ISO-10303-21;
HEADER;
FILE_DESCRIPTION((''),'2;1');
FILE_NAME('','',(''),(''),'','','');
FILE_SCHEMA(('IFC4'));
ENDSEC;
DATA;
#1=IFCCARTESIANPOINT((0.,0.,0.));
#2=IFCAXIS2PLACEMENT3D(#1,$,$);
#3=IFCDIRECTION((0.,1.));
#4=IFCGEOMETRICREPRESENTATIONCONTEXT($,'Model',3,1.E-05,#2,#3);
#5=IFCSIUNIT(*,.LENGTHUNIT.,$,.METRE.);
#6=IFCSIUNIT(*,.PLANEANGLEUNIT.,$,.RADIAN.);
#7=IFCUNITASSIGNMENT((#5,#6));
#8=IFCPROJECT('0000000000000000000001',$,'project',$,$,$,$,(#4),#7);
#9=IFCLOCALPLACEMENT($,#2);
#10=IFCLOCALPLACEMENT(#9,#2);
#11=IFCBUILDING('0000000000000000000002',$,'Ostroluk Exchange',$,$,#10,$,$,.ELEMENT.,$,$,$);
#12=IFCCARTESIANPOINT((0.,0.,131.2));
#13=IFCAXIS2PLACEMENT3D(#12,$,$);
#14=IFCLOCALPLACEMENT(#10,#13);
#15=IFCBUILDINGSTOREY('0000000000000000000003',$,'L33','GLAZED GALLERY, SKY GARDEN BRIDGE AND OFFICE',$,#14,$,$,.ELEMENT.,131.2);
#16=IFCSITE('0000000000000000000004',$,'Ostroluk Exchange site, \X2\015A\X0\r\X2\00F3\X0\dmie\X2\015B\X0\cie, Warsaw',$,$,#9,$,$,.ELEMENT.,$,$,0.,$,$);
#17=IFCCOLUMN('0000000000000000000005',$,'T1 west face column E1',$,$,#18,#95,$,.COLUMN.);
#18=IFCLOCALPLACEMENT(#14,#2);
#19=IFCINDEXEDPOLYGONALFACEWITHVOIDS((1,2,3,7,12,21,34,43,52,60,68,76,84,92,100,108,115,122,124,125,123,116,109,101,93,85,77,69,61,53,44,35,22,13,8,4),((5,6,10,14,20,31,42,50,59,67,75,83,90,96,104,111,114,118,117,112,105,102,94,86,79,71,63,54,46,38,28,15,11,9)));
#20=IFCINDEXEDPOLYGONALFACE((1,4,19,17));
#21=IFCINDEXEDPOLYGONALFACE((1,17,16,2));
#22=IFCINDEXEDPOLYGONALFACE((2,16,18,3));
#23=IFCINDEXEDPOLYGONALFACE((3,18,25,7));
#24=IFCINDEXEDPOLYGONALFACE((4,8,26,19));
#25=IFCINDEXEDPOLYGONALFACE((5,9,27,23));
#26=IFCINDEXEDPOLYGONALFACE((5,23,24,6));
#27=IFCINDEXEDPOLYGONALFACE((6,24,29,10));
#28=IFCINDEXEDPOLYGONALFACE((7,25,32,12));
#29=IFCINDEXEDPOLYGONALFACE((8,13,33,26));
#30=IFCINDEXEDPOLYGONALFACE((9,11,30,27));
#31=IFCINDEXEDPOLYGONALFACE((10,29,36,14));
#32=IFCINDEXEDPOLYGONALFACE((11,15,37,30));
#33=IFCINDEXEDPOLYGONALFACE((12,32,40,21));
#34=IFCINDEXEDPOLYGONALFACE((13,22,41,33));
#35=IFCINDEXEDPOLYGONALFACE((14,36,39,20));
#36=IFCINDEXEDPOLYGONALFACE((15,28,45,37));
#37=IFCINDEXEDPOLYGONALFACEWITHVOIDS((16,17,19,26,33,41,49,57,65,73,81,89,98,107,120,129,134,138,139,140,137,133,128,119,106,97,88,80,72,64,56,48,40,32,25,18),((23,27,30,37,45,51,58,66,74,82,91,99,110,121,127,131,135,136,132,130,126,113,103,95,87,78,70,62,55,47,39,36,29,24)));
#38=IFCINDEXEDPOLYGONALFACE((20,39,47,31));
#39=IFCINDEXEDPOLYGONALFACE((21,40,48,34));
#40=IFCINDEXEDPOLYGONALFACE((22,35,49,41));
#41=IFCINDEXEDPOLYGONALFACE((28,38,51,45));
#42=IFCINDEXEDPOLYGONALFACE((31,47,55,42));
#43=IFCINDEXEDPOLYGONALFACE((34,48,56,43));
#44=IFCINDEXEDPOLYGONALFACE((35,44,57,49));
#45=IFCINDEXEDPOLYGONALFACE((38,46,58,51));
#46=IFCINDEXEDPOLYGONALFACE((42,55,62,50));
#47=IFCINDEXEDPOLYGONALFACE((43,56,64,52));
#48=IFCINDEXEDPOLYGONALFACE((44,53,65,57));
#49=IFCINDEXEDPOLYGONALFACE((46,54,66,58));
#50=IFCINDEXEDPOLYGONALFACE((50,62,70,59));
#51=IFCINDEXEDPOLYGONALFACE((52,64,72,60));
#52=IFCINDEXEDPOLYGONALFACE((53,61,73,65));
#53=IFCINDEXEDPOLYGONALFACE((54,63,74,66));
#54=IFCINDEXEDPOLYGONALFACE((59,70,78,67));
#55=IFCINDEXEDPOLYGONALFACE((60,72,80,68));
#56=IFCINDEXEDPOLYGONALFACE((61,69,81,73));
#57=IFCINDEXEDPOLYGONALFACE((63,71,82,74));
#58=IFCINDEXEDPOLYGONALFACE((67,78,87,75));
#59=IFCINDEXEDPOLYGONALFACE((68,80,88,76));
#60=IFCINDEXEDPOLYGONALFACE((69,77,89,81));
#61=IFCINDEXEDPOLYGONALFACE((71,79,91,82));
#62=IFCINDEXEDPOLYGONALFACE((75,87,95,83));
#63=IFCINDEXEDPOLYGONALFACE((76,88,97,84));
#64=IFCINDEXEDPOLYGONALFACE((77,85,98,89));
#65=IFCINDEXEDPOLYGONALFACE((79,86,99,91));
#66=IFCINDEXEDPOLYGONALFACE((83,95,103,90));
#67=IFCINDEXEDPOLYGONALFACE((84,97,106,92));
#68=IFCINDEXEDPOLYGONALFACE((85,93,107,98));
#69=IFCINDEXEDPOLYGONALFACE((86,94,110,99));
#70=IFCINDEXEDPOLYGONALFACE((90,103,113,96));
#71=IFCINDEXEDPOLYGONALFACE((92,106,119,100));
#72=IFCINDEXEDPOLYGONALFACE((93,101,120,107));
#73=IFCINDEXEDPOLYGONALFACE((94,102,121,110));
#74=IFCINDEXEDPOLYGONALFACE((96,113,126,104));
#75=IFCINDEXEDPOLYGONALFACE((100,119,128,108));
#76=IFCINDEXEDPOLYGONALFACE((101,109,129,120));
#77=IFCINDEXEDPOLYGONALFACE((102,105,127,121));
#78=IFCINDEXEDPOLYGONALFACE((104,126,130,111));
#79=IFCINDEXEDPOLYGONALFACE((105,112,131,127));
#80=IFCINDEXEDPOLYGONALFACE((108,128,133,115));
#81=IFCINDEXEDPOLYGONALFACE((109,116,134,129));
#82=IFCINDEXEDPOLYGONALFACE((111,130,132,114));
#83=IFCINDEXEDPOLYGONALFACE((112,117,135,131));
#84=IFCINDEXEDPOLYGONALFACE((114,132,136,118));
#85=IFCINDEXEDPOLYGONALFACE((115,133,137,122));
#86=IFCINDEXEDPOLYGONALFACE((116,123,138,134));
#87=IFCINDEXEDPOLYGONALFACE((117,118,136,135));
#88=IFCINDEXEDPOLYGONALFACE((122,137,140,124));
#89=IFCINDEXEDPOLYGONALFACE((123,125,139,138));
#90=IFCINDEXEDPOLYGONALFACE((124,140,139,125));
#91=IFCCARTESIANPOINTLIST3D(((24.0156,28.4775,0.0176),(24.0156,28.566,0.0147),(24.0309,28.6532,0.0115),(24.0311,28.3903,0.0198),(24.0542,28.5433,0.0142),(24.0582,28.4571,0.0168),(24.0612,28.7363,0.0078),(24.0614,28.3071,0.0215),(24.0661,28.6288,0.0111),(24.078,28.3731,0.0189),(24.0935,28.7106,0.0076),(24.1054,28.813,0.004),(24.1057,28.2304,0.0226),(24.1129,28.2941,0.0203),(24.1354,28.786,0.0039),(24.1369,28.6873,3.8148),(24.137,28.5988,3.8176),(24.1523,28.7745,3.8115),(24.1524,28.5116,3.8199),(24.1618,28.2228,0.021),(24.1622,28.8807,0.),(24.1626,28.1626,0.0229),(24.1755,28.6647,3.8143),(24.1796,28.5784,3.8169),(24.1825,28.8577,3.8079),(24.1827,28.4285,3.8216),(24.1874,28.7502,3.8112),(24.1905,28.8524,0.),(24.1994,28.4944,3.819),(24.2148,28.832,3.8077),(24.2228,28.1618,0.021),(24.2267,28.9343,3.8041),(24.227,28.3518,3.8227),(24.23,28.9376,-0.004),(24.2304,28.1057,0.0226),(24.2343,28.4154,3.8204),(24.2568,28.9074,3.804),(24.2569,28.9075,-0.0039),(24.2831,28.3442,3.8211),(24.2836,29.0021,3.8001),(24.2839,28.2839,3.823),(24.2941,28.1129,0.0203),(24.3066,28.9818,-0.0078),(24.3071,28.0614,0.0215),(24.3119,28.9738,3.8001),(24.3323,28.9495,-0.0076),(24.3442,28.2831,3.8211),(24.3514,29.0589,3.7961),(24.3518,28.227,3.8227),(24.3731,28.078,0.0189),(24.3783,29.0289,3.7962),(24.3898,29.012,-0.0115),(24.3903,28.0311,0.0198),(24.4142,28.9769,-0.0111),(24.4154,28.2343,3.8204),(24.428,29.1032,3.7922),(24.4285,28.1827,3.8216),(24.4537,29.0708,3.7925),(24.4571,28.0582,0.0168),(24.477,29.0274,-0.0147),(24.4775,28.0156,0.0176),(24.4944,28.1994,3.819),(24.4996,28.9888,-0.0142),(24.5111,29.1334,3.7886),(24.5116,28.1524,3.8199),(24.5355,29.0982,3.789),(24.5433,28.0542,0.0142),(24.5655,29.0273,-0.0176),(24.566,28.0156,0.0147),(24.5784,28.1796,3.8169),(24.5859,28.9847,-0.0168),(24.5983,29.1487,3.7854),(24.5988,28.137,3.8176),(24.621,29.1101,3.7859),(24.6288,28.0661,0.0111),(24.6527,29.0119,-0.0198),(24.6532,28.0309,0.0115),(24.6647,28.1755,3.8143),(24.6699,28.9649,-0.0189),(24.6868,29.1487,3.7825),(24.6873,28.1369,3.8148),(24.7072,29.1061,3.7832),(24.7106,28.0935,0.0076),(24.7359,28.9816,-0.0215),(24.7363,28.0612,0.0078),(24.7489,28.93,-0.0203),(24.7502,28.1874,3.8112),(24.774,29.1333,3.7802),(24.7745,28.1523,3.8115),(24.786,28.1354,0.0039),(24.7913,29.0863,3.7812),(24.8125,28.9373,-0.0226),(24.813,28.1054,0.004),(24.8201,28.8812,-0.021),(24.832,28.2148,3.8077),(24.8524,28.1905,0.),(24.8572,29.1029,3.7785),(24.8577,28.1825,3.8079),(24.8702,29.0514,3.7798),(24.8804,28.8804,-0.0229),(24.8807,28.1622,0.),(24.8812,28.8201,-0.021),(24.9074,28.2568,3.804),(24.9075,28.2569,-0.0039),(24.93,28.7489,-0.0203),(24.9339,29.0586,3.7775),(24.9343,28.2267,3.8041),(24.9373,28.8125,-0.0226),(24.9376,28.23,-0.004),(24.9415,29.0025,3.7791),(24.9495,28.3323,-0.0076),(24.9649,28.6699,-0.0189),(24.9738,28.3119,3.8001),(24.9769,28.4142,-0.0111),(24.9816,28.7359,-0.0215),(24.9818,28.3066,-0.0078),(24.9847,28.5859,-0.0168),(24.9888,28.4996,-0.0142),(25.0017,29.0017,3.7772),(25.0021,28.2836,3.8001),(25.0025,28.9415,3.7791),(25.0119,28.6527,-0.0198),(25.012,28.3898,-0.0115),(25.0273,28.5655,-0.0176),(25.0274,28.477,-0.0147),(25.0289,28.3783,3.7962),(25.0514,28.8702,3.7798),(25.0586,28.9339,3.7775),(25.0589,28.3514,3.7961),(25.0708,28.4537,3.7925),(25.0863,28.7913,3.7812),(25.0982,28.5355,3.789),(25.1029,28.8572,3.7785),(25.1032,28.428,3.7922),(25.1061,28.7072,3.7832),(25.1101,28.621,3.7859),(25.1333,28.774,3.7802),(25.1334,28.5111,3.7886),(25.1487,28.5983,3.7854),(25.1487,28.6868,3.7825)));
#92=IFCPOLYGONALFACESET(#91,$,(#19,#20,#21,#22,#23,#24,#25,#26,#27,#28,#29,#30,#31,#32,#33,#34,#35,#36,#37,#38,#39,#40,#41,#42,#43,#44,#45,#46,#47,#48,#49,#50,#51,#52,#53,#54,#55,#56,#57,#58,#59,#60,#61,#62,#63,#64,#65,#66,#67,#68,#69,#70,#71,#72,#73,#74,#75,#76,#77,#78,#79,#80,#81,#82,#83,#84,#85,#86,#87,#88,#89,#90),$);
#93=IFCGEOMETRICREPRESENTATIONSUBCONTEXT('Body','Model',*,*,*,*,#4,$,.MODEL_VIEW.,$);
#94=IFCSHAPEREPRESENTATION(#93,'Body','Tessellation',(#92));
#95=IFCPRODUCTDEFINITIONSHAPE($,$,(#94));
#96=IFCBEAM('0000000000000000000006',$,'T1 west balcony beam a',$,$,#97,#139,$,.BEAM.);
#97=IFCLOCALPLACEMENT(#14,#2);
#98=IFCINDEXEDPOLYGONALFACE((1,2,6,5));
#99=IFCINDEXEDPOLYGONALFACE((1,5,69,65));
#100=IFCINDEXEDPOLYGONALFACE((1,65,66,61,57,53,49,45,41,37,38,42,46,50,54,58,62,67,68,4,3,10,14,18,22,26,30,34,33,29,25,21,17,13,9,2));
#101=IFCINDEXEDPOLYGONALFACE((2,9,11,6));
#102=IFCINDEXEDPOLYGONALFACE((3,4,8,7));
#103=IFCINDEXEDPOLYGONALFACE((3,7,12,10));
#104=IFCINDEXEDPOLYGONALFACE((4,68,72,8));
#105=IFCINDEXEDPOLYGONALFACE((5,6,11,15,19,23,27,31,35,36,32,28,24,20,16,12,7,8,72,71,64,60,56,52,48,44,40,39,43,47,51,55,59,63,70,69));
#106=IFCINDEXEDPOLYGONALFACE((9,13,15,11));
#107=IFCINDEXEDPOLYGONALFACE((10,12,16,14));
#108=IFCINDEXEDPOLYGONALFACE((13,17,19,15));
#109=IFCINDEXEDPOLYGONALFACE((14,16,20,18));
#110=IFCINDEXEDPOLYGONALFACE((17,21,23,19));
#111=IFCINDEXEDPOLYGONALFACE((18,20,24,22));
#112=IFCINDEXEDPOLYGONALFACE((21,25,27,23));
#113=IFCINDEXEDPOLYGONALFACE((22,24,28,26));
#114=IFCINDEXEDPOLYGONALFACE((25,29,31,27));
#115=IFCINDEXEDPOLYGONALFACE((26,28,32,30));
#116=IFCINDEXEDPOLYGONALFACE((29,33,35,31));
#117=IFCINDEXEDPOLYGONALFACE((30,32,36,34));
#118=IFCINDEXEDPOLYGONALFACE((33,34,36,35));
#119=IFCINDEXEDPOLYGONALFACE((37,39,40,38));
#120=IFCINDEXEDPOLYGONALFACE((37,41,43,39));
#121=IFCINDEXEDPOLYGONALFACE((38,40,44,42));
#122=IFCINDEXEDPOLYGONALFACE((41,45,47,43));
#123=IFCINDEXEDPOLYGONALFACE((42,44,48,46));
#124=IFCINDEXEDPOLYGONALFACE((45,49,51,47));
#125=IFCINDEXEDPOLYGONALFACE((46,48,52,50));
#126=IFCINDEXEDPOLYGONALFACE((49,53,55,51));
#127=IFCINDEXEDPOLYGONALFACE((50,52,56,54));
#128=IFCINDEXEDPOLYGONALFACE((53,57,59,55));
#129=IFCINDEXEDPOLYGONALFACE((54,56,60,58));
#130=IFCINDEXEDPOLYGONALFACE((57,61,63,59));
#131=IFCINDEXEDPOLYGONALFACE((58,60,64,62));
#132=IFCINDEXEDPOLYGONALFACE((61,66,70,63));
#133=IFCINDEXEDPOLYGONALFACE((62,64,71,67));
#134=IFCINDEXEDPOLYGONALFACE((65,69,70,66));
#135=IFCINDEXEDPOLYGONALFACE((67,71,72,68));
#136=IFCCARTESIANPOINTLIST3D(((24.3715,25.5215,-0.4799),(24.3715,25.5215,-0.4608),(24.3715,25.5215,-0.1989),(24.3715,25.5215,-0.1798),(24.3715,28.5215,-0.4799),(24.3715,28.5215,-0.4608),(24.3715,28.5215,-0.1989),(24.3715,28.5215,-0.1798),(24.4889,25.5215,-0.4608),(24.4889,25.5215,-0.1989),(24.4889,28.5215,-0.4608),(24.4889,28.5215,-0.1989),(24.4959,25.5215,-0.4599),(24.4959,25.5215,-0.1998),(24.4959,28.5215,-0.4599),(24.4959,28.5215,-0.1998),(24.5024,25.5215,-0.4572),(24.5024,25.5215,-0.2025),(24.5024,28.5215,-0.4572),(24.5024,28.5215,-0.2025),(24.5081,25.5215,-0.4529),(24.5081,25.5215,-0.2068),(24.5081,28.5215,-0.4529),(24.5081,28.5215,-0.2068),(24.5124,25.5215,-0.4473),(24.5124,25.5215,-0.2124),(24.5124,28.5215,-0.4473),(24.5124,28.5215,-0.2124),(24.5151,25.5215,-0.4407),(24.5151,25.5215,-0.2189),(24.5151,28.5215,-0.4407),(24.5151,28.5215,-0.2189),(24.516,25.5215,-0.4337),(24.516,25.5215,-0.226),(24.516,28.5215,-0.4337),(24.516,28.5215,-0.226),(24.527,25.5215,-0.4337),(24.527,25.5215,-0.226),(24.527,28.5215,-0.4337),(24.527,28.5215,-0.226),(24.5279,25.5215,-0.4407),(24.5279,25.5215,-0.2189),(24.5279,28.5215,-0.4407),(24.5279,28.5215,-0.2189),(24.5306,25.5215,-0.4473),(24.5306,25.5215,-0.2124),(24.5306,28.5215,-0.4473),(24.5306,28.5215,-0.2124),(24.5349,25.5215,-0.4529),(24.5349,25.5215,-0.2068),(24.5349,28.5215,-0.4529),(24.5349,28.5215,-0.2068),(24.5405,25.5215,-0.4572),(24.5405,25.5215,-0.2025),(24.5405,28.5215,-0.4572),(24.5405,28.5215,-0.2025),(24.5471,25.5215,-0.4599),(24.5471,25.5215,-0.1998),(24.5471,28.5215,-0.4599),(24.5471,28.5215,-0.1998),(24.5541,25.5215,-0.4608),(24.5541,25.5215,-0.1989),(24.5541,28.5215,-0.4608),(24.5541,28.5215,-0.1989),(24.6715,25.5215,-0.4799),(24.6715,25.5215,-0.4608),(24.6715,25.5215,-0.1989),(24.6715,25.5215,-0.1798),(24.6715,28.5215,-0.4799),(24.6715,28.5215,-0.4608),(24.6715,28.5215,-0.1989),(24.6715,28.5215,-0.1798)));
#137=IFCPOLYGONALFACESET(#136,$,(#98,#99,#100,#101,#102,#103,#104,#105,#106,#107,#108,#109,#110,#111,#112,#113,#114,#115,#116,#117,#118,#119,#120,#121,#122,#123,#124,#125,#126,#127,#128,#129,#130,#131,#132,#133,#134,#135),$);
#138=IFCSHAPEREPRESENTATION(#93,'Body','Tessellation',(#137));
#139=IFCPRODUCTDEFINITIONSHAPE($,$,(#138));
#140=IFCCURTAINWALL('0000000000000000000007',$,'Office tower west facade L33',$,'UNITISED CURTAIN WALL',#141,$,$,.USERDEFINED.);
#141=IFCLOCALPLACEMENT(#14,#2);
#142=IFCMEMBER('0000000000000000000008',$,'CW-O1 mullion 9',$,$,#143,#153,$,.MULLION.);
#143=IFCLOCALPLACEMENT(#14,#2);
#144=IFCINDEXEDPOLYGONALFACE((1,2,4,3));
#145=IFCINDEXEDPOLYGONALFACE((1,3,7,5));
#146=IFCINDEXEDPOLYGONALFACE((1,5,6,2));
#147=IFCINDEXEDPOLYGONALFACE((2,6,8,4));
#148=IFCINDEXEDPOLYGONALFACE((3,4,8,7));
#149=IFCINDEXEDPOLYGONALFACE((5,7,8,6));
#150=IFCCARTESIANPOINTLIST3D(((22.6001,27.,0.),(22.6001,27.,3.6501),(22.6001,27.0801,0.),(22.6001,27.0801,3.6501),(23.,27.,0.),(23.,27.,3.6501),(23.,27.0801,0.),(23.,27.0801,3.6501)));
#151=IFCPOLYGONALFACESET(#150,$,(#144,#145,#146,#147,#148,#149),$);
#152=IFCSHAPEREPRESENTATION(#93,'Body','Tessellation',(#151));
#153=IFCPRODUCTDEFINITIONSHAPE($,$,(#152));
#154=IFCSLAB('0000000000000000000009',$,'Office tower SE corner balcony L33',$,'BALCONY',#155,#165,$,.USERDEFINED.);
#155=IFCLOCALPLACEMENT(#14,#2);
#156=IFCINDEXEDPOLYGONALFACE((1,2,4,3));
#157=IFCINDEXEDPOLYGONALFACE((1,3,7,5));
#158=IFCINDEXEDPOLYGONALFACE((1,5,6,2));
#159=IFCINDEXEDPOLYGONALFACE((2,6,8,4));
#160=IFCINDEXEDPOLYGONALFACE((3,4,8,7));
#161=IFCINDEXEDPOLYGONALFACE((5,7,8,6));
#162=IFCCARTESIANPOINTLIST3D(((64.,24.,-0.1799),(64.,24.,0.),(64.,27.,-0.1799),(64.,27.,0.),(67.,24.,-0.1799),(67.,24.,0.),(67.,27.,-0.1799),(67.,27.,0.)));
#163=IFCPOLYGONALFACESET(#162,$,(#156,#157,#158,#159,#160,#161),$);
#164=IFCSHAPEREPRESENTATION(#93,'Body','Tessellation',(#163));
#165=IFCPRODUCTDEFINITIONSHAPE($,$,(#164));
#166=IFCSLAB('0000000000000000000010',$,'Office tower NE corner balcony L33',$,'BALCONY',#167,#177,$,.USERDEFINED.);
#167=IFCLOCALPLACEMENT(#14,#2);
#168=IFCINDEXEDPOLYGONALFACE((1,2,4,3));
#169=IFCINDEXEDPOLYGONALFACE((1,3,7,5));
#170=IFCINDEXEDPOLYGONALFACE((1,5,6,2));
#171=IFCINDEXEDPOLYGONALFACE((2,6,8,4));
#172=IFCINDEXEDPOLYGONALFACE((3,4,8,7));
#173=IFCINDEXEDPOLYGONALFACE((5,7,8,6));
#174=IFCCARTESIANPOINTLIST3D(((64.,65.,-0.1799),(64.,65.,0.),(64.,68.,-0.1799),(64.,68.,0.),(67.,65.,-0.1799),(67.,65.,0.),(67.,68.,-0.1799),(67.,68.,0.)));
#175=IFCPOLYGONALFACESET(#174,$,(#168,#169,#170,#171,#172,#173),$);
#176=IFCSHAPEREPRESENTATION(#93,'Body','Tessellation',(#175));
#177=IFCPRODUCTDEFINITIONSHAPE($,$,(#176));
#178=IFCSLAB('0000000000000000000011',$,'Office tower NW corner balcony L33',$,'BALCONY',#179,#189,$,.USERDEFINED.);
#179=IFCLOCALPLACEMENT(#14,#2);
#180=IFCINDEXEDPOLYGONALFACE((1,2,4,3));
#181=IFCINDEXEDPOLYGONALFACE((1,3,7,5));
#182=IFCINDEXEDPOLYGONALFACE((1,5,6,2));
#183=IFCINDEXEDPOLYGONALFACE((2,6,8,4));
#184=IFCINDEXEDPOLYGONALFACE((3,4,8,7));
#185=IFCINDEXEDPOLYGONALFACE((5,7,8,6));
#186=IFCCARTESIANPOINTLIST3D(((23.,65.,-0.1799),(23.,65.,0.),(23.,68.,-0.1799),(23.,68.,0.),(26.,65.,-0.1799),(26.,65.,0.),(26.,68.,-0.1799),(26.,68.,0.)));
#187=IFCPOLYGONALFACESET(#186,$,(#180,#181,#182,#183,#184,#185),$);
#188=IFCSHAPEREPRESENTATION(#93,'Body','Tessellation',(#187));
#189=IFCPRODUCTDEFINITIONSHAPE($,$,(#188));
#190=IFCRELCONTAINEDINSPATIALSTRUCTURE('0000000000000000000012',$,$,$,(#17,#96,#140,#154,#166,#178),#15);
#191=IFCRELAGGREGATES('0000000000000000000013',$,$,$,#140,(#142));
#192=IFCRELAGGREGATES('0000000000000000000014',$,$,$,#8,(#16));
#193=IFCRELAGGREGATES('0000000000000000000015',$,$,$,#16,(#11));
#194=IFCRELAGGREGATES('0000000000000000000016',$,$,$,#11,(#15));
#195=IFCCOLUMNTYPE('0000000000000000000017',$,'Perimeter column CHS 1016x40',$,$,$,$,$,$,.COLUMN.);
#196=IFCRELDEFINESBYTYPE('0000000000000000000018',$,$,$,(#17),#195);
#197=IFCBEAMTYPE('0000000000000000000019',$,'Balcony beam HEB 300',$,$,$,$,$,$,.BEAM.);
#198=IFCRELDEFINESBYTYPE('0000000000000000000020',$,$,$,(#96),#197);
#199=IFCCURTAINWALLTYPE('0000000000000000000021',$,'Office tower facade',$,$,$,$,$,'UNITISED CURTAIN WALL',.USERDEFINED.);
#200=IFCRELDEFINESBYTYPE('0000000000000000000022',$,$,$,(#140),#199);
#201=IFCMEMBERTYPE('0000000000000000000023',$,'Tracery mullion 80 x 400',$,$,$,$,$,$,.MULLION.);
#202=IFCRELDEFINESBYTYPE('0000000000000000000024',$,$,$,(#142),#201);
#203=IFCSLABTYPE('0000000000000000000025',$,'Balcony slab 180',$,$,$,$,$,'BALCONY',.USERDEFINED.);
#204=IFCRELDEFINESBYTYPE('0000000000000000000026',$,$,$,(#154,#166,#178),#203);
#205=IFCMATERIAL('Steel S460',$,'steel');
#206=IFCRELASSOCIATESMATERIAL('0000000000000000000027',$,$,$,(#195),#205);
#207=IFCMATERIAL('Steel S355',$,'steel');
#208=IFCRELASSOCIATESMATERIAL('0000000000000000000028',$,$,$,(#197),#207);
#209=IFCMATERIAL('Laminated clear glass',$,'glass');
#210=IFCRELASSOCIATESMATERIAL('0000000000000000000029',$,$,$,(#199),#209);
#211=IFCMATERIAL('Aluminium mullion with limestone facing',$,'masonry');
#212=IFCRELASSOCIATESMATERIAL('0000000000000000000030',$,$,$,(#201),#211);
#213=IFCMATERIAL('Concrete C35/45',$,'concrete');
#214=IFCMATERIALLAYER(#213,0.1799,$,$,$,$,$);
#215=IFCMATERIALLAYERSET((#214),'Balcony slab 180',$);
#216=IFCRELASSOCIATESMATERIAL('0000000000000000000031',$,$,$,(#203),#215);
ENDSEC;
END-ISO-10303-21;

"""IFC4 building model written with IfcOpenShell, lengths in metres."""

from ifc_helpers import new_model, si_unit, direction, frame, origin, origin_2d, place, context, subcontext, project, spatial, polyline, rectangle, hollow_circle, i_section, outline, extrude, material, layer, layer_set, material_profile, profile_set, type_object, element, aggregate, save


model = new_model("IFC4")

# Units and contexts
model_context = context("Model", 3, precision=1e-05, world=origin(), true_north=direction((0.0, 1.0)))
body_context = subcontext(model_context, "Body", "Model", "MODEL_VIEW")
ifc_project = project(units=[si_unit("LENGTHUNIT", "METRE"), si_unit("PLANEANGLEUNIT", "RADIAN")], contexts=[model_context])

# Site, building, storey
site_placement = place(None, origin())
site = spatial("IfcSite", under=ifc_project, at=site_placement, Name="Ostroluk Exchange site, Śródmieście, Warsaw", CompositionType="ELEMENT", RefElevation=0.0)
building_placement = place(site_placement, origin())
building = spatial("IfcBuilding", under=site, at=building_placement, Name="Ostroluk Exchange", CompositionType="ELEMENT")
storey_placement = place(building_placement, frame((0.0, 0.0, 131.2)))
storey = spatial("IfcBuildingStorey", under=building, at=storey_placement, Name="L33", Description="GLAZED GALLERY, SKY GARDEN BRIDGE AND OFFICE", CompositionType="ELEMENT", Elevation=131.2)

# Column
ifc_material_1 = material(Name="Steel S460", Category="steel")
ifc_material_profile_1 = material_profile(ifc_material_1, hollow_circle(Radius=0.5081, WallThickness=0.04, at=origin_2d()), Name="CHS 1016x40")
ifc_profile_set_1 = profile_set([ifc_material_profile_1], Name="Steel S460")
column_type = type_object("IfcColumnType", Name="Perimeter column CHS 1016x40", PredefinedType="COLUMN", material=ifc_profile_set_1)
column_placement = place(storey_placement, frame((24.5215, 28.5215, 0.0), z_axis=(0.031898, 0.031898, 0.998982), x_axis=(-0.707107, 0.707107, 0.0)))
element("IfcColumn", 1, at=column_placement, inside=storey, type_object=column_type, Name="T1 west face column E1", PredefinedType="COLUMN", context=body_context, shape_type="SweptSolid", body=[
    extrude(hollow_circle(Radius=0.5081, WallThickness=0.04, at=origin_2d()), origin(), (0.0, 0.0, 1.0), 3.804),
])

# Beam
ifc_material_2 = material(Name="Steel S355", Category="steel")
ifc_material_profile_2 = material_profile(ifc_material_2, i_section(OverallWidth=0.3, OverallDepth=0.3, WebThickness=0.011, FlangeThickness=0.019, FilletRadius=0.0271, at=origin_2d()), Name="HEB 300")
ifc_profile_set_2 = profile_set([ifc_material_profile_2], Name="Steel S355")
beam_type = type_object("IfcBeamType", Name="Balcony beam HEB 300", PredefinedType="BEAM", material=ifc_profile_set_2)
beam_placement = place(storey_placement, frame((24.5215, 28.5215, -0.3298), z_axis=(0.0, -1.0, 0.0), x_axis=(1.0, 0.0, 0.0)))
element("IfcBeam", 2, at=beam_placement, inside=storey, type_object=beam_type, Name="T1 west balcony beam a", PredefinedType="BEAM", context=body_context, shape_type="SweptSolid", body=[
    extrude(i_section(OverallWidth=0.3, OverallDepth=0.3, WebThickness=0.011, FlangeThickness=0.019, FilletRadius=0.0271, at=origin_2d()), origin(), (0.0, 0.0, 1.0), 3.0),
])

# Curtain wall, member
ifc_material_3 = material(Name="Laminated clear glass", Category="glass")
curtain_wall_type = type_object("IfcCurtainWallType", Name="Office tower facade", ElementType="UNITISED CURTAIN WALL", PredefinedType="USERDEFINED", material=ifc_material_3)
curtain_wall_placement = place(storey_placement, origin())
curtain_wall = element("IfcCurtainWall", 3, at=curtain_wall_placement, inside=storey, type_object=curtain_wall_type, Name="Office tower west facade L33", ObjectType="UNITISED CURTAIN WALL", PredefinedType="USERDEFINED")
ifc_material_4 = material(Name="Aluminium mullion with limestone facing", Category="masonry")
ifc_material_profile_3 = material_profile(ifc_material_4, rectangle(XDim=0.3999, YDim=0.0801, at=origin_2d()), Name="Tracery mullion 80 x 400")
ifc_profile_set_3 = profile_set([ifc_material_profile_3], Name="Aluminium mullion with limestone facing")
member_type = type_object("IfcMemberType", Name="Tracery mullion 80 x 400", PredefinedType="MULLION", material=ifc_profile_set_3)
member_placement = place(storey_placement, frame((22.8, 27.04, 0.0), z_axis=(0.0, 0.0, 1.0), x_axis=(1.0, 0.0, 0.0)))
member = element("IfcMember", 4, at=member_placement, type_object=member_type, Name="CW-O1 mullion 9", PredefinedType="MULLION", context=body_context, shape_type="SweptSolid", body=[
    extrude(rectangle(XDim=0.3999, YDim=0.0801, at=origin_2d()), origin(), (0.0, 0.0, 1.0), 3.6501),
])

# Slabs
ifc_material_5 = material(Name="Concrete C35/45", Category="concrete")
ifc_layer_1 = layer(ifc_material_5, 0.1799)
ifc_layer_set_1 = layer_set([ifc_layer_1], Name="Balcony slab 180")
slab_type_1 = type_object("IfcSlabType", Name="Balcony slab 180", ElementType="BALCONY", PredefinedType="USERDEFINED", material=ifc_layer_set_1)
slab_1_placement = place(storey_placement, frame((0.0, 0.0, -0.1799)))
element("IfcSlab", 5, at=slab_1_placement, inside=storey, type_object=slab_type_1, Name="Office tower SE corner balcony L33", ObjectType="BALCONY", PredefinedType="USERDEFINED", context=body_context, shape_type="SweptSolid", body=[
    extrude(outline(polyline([(64.0, 24.0), (67.0, 24.0), (67.0, 27.0), (64.0, 27.0), (64.0, 24.0)])), origin(), (0.0, 0.0, 1.0), 0.1799),
])
slab_2_placement = place(storey_placement, frame((0.0, 0.0, -0.1799)))
element("IfcSlab", 6, at=slab_2_placement, inside=storey, type_object=slab_type_1, Name="Office tower NE corner balcony L33", ObjectType="BALCONY", PredefinedType="USERDEFINED", context=body_context, shape_type="SweptSolid", body=[
    extrude(outline(polyline([(64.0, 65.0), (67.0, 65.0), (67.0, 68.0), (64.0, 68.0), (64.0, 65.0)])), origin(), (0.0, 0.0, 1.0), 0.1799),
])
slab_3_placement = place(storey_placement, frame((0.0, 0.0, -0.1799)))
element("IfcSlab", 7, at=slab_3_placement, inside=storey, type_object=slab_type_1, Name="Office tower NW corner balcony L33", ObjectType="BALCONY", PredefinedType="USERDEFINED", context=body_context, shape_type="SweptSolid", body=[
    extrude(outline(polyline([(23.0, 65.0), (26.0, 65.0), (26.0, 68.0), (23.0, 68.0), (23.0, 65.0)])), origin(), (0.0, 0.0, 1.0), 0.1799),
])

aggregate(curtain_wall, [member])

save(model, "model.ifc")
